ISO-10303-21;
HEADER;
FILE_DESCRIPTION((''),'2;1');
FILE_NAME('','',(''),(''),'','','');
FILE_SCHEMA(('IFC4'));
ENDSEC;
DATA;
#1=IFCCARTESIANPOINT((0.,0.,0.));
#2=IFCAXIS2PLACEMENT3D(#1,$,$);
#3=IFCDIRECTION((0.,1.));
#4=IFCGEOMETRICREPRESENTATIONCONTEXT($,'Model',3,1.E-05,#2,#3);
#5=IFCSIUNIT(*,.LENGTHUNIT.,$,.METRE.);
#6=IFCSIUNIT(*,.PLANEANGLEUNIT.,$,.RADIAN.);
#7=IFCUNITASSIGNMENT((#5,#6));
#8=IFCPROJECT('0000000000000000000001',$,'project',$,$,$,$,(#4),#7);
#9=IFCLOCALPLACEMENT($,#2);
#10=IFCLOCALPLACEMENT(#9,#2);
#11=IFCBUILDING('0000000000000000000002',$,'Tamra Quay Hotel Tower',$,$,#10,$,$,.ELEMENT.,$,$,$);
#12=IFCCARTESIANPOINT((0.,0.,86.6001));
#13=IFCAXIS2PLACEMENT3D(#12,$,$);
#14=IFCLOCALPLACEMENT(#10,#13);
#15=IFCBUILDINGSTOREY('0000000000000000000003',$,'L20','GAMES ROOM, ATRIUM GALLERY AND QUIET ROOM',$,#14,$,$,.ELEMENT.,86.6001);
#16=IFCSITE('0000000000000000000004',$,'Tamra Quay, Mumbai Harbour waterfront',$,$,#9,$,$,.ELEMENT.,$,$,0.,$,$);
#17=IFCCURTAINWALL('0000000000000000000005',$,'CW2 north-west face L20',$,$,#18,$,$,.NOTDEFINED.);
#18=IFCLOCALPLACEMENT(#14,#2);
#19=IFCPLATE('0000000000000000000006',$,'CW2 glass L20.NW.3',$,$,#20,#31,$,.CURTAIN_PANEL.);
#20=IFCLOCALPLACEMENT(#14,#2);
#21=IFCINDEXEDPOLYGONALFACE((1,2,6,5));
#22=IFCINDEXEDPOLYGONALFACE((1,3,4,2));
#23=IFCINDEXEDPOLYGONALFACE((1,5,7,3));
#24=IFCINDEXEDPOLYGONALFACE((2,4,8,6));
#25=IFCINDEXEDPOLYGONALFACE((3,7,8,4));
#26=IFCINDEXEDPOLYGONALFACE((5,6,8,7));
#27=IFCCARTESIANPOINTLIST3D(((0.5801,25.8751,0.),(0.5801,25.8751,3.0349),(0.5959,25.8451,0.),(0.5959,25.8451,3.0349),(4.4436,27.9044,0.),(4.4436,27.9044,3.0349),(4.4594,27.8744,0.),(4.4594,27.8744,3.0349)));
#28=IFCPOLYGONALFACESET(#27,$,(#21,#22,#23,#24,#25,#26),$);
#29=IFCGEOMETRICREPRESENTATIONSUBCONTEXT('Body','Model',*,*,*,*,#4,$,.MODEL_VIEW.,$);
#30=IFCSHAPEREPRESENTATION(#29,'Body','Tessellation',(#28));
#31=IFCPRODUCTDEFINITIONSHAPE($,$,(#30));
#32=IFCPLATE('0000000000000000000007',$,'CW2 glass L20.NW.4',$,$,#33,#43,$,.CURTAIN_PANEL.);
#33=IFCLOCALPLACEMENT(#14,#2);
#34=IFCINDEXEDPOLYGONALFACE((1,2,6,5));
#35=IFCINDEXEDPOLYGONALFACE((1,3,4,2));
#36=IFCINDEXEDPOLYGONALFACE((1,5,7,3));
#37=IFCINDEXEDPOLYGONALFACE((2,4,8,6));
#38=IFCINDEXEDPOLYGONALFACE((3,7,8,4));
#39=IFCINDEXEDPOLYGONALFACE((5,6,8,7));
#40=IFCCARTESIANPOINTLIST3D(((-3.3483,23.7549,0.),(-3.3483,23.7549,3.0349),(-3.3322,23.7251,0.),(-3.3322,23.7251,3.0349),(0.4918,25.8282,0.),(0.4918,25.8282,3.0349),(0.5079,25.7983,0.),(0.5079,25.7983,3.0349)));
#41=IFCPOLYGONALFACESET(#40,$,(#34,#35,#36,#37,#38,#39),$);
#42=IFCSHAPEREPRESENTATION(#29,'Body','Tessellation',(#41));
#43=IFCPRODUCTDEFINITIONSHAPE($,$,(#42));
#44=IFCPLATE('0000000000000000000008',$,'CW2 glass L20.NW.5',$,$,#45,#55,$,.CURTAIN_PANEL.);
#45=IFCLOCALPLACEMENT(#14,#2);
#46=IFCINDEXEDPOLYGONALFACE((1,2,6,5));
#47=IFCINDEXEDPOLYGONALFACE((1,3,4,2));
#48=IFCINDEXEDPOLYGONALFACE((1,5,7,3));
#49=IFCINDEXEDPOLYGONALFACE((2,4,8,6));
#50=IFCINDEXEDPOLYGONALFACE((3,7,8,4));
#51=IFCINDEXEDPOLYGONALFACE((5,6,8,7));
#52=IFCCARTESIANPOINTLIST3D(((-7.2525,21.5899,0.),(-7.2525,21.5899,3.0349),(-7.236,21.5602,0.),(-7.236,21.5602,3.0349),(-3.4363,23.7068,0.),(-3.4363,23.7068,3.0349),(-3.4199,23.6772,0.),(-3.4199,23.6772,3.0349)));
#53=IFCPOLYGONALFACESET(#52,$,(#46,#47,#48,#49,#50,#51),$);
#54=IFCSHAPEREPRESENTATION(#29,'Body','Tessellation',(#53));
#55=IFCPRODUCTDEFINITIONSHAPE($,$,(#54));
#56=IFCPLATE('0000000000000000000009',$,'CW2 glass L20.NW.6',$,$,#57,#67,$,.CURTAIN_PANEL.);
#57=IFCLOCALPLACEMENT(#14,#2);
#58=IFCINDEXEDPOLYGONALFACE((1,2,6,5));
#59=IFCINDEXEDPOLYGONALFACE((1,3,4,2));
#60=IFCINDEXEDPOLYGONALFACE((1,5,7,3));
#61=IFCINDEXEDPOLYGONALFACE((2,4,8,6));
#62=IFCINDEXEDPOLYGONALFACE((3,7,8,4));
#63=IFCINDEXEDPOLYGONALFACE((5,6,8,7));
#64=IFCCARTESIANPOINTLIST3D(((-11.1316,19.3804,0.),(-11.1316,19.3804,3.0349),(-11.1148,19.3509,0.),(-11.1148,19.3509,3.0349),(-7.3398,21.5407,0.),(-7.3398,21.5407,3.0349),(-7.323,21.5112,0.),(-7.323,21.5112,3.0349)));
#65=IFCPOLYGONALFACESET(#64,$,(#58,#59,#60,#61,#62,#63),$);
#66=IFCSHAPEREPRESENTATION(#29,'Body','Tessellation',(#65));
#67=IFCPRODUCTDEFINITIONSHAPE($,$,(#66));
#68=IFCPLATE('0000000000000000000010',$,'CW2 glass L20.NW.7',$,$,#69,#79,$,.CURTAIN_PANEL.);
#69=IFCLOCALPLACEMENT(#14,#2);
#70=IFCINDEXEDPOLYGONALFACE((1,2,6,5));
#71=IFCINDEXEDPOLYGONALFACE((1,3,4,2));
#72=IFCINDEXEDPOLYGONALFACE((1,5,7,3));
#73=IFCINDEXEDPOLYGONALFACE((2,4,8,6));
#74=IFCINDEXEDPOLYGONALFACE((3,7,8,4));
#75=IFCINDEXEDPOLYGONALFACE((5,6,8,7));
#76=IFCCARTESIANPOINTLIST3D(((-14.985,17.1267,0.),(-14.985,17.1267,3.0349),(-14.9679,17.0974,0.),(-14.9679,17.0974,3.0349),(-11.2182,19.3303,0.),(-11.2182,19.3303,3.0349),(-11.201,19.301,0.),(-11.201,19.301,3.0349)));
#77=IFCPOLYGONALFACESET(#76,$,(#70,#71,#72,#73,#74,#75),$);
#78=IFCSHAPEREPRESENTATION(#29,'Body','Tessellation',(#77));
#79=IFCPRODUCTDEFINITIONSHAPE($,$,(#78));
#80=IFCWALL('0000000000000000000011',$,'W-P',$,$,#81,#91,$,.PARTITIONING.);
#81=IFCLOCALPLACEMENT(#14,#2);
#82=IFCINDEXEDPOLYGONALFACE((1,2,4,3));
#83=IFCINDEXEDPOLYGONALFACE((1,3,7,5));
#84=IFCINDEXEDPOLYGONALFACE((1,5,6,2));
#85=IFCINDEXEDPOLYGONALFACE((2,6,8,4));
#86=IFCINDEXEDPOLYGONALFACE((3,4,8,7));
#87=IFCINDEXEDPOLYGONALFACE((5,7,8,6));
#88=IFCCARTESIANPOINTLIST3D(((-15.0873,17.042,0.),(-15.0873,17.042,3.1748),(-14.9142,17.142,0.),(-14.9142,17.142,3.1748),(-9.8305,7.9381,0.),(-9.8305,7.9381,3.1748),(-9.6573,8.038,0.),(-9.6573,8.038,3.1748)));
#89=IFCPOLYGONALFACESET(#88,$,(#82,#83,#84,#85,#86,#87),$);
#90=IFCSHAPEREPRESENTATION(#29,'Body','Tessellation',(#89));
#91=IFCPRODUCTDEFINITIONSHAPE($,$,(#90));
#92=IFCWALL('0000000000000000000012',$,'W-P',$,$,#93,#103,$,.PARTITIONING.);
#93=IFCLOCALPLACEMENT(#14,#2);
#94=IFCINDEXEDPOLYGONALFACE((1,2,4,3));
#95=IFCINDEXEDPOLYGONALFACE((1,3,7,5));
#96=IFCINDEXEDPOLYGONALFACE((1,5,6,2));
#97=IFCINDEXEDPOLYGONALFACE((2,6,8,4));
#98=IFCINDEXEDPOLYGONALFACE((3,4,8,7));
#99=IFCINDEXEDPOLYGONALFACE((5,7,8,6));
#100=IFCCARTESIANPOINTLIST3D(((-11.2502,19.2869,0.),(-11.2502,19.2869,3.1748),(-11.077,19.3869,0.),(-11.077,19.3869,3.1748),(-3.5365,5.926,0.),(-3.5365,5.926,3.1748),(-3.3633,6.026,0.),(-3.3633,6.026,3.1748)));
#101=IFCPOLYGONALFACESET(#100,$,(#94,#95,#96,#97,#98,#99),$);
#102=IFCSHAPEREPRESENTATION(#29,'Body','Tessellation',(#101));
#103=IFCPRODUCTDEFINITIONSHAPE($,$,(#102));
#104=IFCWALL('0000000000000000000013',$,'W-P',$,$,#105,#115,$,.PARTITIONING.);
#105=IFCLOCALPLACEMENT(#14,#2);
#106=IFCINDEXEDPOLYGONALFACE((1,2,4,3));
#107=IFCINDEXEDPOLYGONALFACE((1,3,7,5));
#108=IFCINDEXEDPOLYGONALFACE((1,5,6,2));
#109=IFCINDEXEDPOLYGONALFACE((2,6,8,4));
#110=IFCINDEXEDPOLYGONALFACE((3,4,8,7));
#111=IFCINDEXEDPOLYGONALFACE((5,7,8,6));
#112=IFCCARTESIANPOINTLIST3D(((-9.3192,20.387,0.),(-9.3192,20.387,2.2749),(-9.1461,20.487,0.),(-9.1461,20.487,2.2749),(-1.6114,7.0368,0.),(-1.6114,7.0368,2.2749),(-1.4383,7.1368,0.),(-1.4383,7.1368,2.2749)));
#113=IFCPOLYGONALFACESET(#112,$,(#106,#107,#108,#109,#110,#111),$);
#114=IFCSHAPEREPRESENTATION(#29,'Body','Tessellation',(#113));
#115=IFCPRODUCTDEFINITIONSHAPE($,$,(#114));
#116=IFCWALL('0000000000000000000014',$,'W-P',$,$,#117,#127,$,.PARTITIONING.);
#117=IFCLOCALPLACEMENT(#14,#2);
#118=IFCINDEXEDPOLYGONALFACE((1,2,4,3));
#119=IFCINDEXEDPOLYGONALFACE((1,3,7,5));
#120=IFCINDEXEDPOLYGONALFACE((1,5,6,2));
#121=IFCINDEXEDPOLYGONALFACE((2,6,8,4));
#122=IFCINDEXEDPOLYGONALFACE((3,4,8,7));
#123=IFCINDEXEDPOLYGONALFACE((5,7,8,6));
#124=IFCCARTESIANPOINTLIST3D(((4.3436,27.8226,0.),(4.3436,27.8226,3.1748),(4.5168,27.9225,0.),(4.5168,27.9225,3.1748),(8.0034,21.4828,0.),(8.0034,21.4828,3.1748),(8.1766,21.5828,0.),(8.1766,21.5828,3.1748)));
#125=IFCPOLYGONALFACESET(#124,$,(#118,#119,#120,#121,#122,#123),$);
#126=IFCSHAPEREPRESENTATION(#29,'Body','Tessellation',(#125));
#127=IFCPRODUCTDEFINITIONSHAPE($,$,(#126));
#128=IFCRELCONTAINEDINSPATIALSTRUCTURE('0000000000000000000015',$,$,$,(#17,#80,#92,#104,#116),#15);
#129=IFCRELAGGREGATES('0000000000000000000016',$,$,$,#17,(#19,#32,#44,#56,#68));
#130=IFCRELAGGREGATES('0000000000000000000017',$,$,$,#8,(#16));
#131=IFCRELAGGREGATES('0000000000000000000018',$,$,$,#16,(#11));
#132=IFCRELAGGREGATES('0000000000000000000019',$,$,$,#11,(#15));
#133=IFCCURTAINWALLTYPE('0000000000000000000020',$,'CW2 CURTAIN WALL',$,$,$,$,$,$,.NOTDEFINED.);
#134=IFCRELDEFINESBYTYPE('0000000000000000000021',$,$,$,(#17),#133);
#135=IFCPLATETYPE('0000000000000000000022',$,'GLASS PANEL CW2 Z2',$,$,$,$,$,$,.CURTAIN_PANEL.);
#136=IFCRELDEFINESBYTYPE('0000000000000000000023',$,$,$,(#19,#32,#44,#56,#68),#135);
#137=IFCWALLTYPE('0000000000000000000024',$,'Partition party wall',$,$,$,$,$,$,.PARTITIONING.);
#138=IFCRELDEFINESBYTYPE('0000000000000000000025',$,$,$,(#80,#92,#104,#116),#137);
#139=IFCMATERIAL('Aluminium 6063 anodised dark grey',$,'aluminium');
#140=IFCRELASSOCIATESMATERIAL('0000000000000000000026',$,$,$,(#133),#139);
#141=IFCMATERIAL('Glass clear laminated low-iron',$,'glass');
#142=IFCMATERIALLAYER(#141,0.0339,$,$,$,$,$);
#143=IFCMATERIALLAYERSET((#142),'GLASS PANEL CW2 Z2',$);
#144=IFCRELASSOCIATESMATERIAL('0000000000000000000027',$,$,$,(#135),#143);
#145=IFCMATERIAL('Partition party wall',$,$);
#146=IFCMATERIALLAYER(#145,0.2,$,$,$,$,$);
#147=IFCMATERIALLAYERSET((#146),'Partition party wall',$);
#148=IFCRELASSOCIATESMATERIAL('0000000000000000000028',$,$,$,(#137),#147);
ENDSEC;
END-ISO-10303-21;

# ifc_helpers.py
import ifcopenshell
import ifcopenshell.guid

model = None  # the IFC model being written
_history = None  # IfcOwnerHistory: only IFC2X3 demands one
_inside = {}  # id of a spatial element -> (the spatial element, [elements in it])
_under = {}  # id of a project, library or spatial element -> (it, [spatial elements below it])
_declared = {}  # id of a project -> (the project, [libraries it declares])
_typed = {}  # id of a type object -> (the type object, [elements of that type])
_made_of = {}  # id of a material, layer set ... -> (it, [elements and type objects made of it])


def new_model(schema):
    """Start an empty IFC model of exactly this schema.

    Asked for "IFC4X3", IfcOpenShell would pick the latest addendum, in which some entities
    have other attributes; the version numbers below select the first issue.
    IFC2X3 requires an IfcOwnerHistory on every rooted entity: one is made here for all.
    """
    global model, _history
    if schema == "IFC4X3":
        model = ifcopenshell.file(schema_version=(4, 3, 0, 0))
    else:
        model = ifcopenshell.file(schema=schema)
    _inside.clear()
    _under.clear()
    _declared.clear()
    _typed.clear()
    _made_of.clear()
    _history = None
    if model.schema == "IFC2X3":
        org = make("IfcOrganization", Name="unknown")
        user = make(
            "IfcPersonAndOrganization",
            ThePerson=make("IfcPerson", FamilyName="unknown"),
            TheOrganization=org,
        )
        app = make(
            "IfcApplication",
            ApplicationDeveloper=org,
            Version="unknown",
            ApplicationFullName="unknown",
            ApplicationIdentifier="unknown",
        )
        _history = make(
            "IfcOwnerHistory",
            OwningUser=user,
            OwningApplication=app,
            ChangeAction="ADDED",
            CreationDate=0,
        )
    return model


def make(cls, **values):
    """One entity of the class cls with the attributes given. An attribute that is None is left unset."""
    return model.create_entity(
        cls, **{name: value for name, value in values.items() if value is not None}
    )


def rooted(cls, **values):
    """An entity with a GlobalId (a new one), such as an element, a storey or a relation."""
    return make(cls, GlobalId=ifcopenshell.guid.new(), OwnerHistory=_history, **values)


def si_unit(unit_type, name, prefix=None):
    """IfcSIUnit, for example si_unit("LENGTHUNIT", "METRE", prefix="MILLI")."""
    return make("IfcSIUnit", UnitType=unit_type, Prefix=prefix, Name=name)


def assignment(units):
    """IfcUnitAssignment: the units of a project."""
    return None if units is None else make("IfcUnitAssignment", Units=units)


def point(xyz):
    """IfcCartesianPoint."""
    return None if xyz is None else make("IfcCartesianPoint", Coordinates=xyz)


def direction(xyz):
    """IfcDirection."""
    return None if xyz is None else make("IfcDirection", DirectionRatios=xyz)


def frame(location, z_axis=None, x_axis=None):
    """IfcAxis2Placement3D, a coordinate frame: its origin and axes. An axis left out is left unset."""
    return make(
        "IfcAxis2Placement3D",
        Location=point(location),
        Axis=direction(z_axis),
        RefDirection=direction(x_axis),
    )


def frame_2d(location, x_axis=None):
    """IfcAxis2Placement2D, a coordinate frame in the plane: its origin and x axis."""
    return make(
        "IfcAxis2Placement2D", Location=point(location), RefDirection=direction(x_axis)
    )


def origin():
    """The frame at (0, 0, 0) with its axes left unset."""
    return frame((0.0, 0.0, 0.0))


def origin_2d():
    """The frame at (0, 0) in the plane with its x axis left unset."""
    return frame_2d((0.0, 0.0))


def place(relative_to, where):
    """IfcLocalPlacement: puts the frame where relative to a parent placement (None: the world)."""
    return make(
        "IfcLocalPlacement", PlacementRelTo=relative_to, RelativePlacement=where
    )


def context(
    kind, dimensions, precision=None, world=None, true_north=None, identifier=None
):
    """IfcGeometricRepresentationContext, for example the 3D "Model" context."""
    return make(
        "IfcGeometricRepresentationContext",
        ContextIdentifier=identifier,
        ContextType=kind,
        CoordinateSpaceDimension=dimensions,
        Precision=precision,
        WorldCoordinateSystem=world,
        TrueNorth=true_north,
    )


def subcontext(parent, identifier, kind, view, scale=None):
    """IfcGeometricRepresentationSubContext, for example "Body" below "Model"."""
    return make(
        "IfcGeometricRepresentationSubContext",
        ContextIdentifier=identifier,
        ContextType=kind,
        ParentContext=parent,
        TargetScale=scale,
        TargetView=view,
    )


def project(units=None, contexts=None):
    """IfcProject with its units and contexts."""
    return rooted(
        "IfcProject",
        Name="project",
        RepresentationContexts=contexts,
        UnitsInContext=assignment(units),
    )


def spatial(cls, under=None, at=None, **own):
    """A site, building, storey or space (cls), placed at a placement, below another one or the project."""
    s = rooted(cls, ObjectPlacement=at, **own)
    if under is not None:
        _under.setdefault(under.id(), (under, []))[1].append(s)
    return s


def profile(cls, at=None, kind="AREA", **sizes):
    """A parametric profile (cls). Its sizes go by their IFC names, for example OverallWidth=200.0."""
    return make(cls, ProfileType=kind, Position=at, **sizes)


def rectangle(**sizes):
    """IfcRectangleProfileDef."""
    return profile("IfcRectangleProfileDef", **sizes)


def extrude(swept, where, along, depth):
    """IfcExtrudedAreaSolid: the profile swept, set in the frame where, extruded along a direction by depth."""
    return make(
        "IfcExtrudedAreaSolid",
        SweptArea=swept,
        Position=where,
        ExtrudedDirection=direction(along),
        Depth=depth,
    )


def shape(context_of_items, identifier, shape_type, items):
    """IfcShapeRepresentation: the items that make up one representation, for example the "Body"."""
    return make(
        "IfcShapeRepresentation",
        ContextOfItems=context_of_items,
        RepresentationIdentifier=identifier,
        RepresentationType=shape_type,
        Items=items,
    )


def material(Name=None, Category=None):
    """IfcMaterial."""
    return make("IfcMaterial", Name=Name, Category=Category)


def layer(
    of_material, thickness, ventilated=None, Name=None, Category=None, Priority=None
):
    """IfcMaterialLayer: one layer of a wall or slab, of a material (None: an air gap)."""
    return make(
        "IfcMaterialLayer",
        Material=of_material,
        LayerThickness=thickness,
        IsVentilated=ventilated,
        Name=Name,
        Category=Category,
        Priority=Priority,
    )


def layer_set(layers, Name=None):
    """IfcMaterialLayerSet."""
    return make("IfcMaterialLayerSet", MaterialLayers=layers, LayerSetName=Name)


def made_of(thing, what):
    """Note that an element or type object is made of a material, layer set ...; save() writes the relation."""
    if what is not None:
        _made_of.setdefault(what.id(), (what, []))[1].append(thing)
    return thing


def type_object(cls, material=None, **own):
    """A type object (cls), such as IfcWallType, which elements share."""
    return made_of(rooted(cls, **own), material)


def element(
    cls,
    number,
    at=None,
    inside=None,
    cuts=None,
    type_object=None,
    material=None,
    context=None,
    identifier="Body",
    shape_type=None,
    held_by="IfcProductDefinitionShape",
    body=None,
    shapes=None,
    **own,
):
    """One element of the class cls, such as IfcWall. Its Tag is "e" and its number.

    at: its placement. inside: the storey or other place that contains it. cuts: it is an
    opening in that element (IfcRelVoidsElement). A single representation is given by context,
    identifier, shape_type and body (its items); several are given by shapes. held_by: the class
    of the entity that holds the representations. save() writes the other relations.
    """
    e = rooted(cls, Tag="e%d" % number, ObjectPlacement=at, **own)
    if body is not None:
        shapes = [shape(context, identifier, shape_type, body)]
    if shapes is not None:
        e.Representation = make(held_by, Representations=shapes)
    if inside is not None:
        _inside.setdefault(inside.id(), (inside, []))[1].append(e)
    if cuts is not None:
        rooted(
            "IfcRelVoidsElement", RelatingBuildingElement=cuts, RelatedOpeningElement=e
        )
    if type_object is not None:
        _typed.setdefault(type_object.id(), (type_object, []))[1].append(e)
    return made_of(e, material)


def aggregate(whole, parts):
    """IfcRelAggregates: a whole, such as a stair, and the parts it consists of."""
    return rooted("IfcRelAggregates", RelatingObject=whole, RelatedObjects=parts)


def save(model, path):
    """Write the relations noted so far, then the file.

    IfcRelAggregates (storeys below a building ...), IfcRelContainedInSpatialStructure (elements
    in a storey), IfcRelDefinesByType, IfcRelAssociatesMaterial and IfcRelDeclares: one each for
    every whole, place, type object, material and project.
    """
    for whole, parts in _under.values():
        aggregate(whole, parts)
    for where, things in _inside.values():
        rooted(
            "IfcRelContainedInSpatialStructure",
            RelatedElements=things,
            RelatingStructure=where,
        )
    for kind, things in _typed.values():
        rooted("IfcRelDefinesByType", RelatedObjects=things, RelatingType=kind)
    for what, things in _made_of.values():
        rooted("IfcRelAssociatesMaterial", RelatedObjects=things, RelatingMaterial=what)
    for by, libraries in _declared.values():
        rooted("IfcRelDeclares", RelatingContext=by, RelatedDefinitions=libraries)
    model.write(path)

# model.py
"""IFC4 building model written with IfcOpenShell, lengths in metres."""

from ifc_helpers import new_model, si_unit, direction, frame, frame_2d, origin, origin_2d, place, context, subcontext, project, spatial, rectangle, extrude, material, layer, layer_set, type_object, element, aggregate, save


model = new_model("IFC4")

# Units and contexts
model_context = context("Model", 3, precision=1e-05, world=origin(), true_north=direction((0.0, 1.0)))
body_context = subcontext(model_context, "Body", "Model", "MODEL_VIEW")
ifc_project = project(units=[si_unit("LENGTHUNIT", "METRE"), si_unit("PLANEANGLEUNIT", "RADIAN")], contexts=[model_context])

# Site, building, storey
site_placement = place(None, origin())
site = spatial("IfcSite", under=ifc_project, at=site_placement, Name="Tamra Quay, Mumbai Harbour waterfront", CompositionType="ELEMENT", RefElevation=0.0)
building_placement = place(site_placement, origin())
building = spatial("IfcBuilding", under=site, at=building_placement, Name="Tamra Quay Hotel Tower", CompositionType="ELEMENT")
storey_placement = place(building_placement, frame((0.0, 0.0, 86.6001)))
storey = spatial("IfcBuildingStorey", under=building, at=storey_placement, Name="L20", Description="GAMES ROOM, ATRIUM GALLERY AND QUIET ROOM", CompositionType="ELEMENT", Elevation=86.6001)

# Curtain wall
ifc_material_1 = material(Name="Aluminium 6063 anodised dark grey", Category="aluminium")
curtain_wall_type = type_object("IfcCurtainWallType", Name="CW2 CURTAIN WALL", PredefinedType="NOTDEFINED", material=ifc_material_1)
curtain_wall_placement = place(storey_placement, origin())
curtain_wall = element("IfcCurtainWall", 1, at=curtain_wall_placement, inside=storey, type_object=curtain_wall_type, Name="CW2 north-west face L20", PredefinedType="NOTDEFINED")

# Plates
ifc_material_2 = material(Name="Glass clear laminated low-iron", Category="glass")
ifc_layer_1 = layer(ifc_material_2, 0.0339)
ifc_layer_set_1 = layer_set([ifc_layer_1], Name="GLASS PANEL CW2 Z2")
plate_type = type_object("IfcPlateType", Name="GLASS PANEL CW2 Z2", PredefinedType="CURTAIN_PANEL", material=ifc_layer_set_1)
plate_1_placement = place(storey_placement, frame((2.5198, 26.8748, 0.0), z_axis=(0.0, 0.0, 1.0), x_axis=(-0.885306, -0.465009, 0.0)))
plate_1 = element("IfcPlate", 2, at=plate_1_placement, type_object=plate_type, Name="CW2 glass L20.NW.3", PredefinedType="CURTAIN_PANEL", context=body_context, shape_type="SweptSolid", body=[
    extrude(rectangle(XDim=4.364, YDim=0.0339, at=origin_2d()), origin(), (0.0, 0.0, 1.0), 3.0349),
])
plate_2_placement = place(storey_placement, frame((-1.4202, 24.7766, 0.0), z_axis=(0.0, 0.0, 1.0), x_axis=(-0.879946, -0.475074, 0.0)))
plate_2 = element("IfcPlate", 3, at=plate_2_placement, type_object=plate_type, Name="CW2 glass L20.NW.4", PredefinedType="CURTAIN_PANEL", context=body_context, shape_type="SweptSolid", body=[
    extrude(rectangle(XDim=4.364, YDim=0.0339, at=origin_2d()), origin(), (0.0, 0.0, 1.0), 3.0349),
])
plate_3_placement = place(storey_placement, frame((-5.3362, 22.6335, 0.0), z_axis=(0.0, 0.0, 1.0), x_axis=(-0.874465, -0.485088, 0.0)))
plate_3 = element("IfcPlate", 4, at=plate_3_placement, type_object=plate_type, Name="CW2 glass L20.NW.5", PredefinedType="CURTAIN_PANEL", context=body_context, shape_type="SweptSolid", body=[
    extrude(rectangle(XDim=4.364, YDim=0.0339, at=origin_2d()), origin(), (0.0, 0.0, 1.0), 3.0349),
])
plate_4_placement = place(storey_placement, frame((-9.2273, 20.4458, 0.0), z_axis=(0.0, 0.0, 1.0), x_axis=(-0.868868, -0.495045, 0.0)))
plate_4 = element("IfcPlate", 5, at=plate_4_placement, type_object=plate_type, Name="CW2 glass L20.NW.6", PredefinedType="CURTAIN_PANEL", context=body_context, shape_type="SweptSolid", body=[
    extrude(rectangle(XDim=4.364, YDim=0.0339, at=origin_2d()), origin(), (0.0, 0.0, 1.0), 3.0349),
])
plate_5_placement = place(storey_placement, frame((-13.093, 18.2139, 0.0), z_axis=(0.0, 0.0, 1.0), x_axis=(-0.863155, -0.504939, 0.0)))
plate_5 = element("IfcPlate", 6, at=plate_5_placement, type_object=plate_type, Name="CW2 glass L20.NW.7", PredefinedType="CURTAIN_PANEL", context=body_context, shape_type="SweptSolid", body=[
    extrude(rectangle(XDim=4.364, YDim=0.0339, at=origin_2d()), origin(), (0.0, 0.0, 1.0), 3.0349),
])
aggregate(curtain_wall, [plate_1, plate_2, plate_3, plate_4, plate_5])

# Walls
ifc_material_3 = material(Name="Partition party wall")
ifc_layer_2 = layer(ifc_material_3, 0.2)
ifc_layer_set_2 = layer_set([ifc_layer_2], Name="Partition party wall")
wall_type = type_object("IfcWallType", Name="Partition party wall", PredefinedType="PARTITIONING", material=ifc_layer_set_2)
wall_1_placement = place(storey_placement, frame((-15.0007, 17.092, 0.0), z_axis=(0.0, 0.0, 1.0), x_axis=(0.500045, -0.865999, 0.0)))
element("IfcWall", 7, at=wall_1_placement, inside=storey, type_object=wall_type, Name="W-P", PredefinedType="PARTITIONING", context=body_context, shape_type="SweptSolid", body=[
    extrude(rectangle(XDim=10.5127, YDim=0.2, at=frame_2d((5.2563, 0.0))), origin(), (0.0, 0.0, 1.0), 3.1748),
])
wall_2_placement = place(storey_placement, frame((-11.1636, 19.3369, 0.0), z_axis=(0.0, 0.0, 1.0), x_axis=(0.499987, -0.866033, 0.0)))
element("IfcWall", 8, at=wall_2_placement, inside=storey, type_object=wall_type, Name="W-P", PredefinedType="PARTITIONING", context=body_context, shape_type="SweptSolid", body=[
    extrude(rectangle(XDim=15.4277, YDim=0.2, at=frame_2d((7.7139, 0.0))), origin(), (0.0, 0.0, 1.0), 3.1748),
])
wall_3_placement = place(storey_placement, frame((-9.2327, 20.437, 0.0), z_axis=(0.0, 0.0, 1.0), x_axis=(0.500004, -0.866023, 0.0)))
element("IfcWall", 9, at=wall_3_placement, inside=storey, type_object=wall_type, Name="W-P", PredefinedType="PARTITIONING", context=body_context, shape_type="SweptSolid", body=[
    extrude(rectangle(XDim=15.4155, YDim=0.2, at=frame_2d((7.7078, 0.0))), origin(), (0.0, 0.0, 1.0), 2.2749),
])
wall_4_placement = place(storey_placement, frame((4.4302, 27.8726, 0.0), z_axis=(0.0, 0.0, 1.0), x_axis=(0.499959, -0.866049, 0.0)))
element("IfcWall", 10, at=wall_4_placement, inside=storey, type_object=wall_type, Name="W-P", PredefinedType="PARTITIONING", context=body_context, shape_type="SweptSolid", body=[
    extrude(rectangle(XDim=7.3203, YDim=0.2, at=frame_2d((3.6602, 0.0))), origin(), (0.0, 0.0, 1.0), 3.1748),
])

save(model, "model.ifc")
